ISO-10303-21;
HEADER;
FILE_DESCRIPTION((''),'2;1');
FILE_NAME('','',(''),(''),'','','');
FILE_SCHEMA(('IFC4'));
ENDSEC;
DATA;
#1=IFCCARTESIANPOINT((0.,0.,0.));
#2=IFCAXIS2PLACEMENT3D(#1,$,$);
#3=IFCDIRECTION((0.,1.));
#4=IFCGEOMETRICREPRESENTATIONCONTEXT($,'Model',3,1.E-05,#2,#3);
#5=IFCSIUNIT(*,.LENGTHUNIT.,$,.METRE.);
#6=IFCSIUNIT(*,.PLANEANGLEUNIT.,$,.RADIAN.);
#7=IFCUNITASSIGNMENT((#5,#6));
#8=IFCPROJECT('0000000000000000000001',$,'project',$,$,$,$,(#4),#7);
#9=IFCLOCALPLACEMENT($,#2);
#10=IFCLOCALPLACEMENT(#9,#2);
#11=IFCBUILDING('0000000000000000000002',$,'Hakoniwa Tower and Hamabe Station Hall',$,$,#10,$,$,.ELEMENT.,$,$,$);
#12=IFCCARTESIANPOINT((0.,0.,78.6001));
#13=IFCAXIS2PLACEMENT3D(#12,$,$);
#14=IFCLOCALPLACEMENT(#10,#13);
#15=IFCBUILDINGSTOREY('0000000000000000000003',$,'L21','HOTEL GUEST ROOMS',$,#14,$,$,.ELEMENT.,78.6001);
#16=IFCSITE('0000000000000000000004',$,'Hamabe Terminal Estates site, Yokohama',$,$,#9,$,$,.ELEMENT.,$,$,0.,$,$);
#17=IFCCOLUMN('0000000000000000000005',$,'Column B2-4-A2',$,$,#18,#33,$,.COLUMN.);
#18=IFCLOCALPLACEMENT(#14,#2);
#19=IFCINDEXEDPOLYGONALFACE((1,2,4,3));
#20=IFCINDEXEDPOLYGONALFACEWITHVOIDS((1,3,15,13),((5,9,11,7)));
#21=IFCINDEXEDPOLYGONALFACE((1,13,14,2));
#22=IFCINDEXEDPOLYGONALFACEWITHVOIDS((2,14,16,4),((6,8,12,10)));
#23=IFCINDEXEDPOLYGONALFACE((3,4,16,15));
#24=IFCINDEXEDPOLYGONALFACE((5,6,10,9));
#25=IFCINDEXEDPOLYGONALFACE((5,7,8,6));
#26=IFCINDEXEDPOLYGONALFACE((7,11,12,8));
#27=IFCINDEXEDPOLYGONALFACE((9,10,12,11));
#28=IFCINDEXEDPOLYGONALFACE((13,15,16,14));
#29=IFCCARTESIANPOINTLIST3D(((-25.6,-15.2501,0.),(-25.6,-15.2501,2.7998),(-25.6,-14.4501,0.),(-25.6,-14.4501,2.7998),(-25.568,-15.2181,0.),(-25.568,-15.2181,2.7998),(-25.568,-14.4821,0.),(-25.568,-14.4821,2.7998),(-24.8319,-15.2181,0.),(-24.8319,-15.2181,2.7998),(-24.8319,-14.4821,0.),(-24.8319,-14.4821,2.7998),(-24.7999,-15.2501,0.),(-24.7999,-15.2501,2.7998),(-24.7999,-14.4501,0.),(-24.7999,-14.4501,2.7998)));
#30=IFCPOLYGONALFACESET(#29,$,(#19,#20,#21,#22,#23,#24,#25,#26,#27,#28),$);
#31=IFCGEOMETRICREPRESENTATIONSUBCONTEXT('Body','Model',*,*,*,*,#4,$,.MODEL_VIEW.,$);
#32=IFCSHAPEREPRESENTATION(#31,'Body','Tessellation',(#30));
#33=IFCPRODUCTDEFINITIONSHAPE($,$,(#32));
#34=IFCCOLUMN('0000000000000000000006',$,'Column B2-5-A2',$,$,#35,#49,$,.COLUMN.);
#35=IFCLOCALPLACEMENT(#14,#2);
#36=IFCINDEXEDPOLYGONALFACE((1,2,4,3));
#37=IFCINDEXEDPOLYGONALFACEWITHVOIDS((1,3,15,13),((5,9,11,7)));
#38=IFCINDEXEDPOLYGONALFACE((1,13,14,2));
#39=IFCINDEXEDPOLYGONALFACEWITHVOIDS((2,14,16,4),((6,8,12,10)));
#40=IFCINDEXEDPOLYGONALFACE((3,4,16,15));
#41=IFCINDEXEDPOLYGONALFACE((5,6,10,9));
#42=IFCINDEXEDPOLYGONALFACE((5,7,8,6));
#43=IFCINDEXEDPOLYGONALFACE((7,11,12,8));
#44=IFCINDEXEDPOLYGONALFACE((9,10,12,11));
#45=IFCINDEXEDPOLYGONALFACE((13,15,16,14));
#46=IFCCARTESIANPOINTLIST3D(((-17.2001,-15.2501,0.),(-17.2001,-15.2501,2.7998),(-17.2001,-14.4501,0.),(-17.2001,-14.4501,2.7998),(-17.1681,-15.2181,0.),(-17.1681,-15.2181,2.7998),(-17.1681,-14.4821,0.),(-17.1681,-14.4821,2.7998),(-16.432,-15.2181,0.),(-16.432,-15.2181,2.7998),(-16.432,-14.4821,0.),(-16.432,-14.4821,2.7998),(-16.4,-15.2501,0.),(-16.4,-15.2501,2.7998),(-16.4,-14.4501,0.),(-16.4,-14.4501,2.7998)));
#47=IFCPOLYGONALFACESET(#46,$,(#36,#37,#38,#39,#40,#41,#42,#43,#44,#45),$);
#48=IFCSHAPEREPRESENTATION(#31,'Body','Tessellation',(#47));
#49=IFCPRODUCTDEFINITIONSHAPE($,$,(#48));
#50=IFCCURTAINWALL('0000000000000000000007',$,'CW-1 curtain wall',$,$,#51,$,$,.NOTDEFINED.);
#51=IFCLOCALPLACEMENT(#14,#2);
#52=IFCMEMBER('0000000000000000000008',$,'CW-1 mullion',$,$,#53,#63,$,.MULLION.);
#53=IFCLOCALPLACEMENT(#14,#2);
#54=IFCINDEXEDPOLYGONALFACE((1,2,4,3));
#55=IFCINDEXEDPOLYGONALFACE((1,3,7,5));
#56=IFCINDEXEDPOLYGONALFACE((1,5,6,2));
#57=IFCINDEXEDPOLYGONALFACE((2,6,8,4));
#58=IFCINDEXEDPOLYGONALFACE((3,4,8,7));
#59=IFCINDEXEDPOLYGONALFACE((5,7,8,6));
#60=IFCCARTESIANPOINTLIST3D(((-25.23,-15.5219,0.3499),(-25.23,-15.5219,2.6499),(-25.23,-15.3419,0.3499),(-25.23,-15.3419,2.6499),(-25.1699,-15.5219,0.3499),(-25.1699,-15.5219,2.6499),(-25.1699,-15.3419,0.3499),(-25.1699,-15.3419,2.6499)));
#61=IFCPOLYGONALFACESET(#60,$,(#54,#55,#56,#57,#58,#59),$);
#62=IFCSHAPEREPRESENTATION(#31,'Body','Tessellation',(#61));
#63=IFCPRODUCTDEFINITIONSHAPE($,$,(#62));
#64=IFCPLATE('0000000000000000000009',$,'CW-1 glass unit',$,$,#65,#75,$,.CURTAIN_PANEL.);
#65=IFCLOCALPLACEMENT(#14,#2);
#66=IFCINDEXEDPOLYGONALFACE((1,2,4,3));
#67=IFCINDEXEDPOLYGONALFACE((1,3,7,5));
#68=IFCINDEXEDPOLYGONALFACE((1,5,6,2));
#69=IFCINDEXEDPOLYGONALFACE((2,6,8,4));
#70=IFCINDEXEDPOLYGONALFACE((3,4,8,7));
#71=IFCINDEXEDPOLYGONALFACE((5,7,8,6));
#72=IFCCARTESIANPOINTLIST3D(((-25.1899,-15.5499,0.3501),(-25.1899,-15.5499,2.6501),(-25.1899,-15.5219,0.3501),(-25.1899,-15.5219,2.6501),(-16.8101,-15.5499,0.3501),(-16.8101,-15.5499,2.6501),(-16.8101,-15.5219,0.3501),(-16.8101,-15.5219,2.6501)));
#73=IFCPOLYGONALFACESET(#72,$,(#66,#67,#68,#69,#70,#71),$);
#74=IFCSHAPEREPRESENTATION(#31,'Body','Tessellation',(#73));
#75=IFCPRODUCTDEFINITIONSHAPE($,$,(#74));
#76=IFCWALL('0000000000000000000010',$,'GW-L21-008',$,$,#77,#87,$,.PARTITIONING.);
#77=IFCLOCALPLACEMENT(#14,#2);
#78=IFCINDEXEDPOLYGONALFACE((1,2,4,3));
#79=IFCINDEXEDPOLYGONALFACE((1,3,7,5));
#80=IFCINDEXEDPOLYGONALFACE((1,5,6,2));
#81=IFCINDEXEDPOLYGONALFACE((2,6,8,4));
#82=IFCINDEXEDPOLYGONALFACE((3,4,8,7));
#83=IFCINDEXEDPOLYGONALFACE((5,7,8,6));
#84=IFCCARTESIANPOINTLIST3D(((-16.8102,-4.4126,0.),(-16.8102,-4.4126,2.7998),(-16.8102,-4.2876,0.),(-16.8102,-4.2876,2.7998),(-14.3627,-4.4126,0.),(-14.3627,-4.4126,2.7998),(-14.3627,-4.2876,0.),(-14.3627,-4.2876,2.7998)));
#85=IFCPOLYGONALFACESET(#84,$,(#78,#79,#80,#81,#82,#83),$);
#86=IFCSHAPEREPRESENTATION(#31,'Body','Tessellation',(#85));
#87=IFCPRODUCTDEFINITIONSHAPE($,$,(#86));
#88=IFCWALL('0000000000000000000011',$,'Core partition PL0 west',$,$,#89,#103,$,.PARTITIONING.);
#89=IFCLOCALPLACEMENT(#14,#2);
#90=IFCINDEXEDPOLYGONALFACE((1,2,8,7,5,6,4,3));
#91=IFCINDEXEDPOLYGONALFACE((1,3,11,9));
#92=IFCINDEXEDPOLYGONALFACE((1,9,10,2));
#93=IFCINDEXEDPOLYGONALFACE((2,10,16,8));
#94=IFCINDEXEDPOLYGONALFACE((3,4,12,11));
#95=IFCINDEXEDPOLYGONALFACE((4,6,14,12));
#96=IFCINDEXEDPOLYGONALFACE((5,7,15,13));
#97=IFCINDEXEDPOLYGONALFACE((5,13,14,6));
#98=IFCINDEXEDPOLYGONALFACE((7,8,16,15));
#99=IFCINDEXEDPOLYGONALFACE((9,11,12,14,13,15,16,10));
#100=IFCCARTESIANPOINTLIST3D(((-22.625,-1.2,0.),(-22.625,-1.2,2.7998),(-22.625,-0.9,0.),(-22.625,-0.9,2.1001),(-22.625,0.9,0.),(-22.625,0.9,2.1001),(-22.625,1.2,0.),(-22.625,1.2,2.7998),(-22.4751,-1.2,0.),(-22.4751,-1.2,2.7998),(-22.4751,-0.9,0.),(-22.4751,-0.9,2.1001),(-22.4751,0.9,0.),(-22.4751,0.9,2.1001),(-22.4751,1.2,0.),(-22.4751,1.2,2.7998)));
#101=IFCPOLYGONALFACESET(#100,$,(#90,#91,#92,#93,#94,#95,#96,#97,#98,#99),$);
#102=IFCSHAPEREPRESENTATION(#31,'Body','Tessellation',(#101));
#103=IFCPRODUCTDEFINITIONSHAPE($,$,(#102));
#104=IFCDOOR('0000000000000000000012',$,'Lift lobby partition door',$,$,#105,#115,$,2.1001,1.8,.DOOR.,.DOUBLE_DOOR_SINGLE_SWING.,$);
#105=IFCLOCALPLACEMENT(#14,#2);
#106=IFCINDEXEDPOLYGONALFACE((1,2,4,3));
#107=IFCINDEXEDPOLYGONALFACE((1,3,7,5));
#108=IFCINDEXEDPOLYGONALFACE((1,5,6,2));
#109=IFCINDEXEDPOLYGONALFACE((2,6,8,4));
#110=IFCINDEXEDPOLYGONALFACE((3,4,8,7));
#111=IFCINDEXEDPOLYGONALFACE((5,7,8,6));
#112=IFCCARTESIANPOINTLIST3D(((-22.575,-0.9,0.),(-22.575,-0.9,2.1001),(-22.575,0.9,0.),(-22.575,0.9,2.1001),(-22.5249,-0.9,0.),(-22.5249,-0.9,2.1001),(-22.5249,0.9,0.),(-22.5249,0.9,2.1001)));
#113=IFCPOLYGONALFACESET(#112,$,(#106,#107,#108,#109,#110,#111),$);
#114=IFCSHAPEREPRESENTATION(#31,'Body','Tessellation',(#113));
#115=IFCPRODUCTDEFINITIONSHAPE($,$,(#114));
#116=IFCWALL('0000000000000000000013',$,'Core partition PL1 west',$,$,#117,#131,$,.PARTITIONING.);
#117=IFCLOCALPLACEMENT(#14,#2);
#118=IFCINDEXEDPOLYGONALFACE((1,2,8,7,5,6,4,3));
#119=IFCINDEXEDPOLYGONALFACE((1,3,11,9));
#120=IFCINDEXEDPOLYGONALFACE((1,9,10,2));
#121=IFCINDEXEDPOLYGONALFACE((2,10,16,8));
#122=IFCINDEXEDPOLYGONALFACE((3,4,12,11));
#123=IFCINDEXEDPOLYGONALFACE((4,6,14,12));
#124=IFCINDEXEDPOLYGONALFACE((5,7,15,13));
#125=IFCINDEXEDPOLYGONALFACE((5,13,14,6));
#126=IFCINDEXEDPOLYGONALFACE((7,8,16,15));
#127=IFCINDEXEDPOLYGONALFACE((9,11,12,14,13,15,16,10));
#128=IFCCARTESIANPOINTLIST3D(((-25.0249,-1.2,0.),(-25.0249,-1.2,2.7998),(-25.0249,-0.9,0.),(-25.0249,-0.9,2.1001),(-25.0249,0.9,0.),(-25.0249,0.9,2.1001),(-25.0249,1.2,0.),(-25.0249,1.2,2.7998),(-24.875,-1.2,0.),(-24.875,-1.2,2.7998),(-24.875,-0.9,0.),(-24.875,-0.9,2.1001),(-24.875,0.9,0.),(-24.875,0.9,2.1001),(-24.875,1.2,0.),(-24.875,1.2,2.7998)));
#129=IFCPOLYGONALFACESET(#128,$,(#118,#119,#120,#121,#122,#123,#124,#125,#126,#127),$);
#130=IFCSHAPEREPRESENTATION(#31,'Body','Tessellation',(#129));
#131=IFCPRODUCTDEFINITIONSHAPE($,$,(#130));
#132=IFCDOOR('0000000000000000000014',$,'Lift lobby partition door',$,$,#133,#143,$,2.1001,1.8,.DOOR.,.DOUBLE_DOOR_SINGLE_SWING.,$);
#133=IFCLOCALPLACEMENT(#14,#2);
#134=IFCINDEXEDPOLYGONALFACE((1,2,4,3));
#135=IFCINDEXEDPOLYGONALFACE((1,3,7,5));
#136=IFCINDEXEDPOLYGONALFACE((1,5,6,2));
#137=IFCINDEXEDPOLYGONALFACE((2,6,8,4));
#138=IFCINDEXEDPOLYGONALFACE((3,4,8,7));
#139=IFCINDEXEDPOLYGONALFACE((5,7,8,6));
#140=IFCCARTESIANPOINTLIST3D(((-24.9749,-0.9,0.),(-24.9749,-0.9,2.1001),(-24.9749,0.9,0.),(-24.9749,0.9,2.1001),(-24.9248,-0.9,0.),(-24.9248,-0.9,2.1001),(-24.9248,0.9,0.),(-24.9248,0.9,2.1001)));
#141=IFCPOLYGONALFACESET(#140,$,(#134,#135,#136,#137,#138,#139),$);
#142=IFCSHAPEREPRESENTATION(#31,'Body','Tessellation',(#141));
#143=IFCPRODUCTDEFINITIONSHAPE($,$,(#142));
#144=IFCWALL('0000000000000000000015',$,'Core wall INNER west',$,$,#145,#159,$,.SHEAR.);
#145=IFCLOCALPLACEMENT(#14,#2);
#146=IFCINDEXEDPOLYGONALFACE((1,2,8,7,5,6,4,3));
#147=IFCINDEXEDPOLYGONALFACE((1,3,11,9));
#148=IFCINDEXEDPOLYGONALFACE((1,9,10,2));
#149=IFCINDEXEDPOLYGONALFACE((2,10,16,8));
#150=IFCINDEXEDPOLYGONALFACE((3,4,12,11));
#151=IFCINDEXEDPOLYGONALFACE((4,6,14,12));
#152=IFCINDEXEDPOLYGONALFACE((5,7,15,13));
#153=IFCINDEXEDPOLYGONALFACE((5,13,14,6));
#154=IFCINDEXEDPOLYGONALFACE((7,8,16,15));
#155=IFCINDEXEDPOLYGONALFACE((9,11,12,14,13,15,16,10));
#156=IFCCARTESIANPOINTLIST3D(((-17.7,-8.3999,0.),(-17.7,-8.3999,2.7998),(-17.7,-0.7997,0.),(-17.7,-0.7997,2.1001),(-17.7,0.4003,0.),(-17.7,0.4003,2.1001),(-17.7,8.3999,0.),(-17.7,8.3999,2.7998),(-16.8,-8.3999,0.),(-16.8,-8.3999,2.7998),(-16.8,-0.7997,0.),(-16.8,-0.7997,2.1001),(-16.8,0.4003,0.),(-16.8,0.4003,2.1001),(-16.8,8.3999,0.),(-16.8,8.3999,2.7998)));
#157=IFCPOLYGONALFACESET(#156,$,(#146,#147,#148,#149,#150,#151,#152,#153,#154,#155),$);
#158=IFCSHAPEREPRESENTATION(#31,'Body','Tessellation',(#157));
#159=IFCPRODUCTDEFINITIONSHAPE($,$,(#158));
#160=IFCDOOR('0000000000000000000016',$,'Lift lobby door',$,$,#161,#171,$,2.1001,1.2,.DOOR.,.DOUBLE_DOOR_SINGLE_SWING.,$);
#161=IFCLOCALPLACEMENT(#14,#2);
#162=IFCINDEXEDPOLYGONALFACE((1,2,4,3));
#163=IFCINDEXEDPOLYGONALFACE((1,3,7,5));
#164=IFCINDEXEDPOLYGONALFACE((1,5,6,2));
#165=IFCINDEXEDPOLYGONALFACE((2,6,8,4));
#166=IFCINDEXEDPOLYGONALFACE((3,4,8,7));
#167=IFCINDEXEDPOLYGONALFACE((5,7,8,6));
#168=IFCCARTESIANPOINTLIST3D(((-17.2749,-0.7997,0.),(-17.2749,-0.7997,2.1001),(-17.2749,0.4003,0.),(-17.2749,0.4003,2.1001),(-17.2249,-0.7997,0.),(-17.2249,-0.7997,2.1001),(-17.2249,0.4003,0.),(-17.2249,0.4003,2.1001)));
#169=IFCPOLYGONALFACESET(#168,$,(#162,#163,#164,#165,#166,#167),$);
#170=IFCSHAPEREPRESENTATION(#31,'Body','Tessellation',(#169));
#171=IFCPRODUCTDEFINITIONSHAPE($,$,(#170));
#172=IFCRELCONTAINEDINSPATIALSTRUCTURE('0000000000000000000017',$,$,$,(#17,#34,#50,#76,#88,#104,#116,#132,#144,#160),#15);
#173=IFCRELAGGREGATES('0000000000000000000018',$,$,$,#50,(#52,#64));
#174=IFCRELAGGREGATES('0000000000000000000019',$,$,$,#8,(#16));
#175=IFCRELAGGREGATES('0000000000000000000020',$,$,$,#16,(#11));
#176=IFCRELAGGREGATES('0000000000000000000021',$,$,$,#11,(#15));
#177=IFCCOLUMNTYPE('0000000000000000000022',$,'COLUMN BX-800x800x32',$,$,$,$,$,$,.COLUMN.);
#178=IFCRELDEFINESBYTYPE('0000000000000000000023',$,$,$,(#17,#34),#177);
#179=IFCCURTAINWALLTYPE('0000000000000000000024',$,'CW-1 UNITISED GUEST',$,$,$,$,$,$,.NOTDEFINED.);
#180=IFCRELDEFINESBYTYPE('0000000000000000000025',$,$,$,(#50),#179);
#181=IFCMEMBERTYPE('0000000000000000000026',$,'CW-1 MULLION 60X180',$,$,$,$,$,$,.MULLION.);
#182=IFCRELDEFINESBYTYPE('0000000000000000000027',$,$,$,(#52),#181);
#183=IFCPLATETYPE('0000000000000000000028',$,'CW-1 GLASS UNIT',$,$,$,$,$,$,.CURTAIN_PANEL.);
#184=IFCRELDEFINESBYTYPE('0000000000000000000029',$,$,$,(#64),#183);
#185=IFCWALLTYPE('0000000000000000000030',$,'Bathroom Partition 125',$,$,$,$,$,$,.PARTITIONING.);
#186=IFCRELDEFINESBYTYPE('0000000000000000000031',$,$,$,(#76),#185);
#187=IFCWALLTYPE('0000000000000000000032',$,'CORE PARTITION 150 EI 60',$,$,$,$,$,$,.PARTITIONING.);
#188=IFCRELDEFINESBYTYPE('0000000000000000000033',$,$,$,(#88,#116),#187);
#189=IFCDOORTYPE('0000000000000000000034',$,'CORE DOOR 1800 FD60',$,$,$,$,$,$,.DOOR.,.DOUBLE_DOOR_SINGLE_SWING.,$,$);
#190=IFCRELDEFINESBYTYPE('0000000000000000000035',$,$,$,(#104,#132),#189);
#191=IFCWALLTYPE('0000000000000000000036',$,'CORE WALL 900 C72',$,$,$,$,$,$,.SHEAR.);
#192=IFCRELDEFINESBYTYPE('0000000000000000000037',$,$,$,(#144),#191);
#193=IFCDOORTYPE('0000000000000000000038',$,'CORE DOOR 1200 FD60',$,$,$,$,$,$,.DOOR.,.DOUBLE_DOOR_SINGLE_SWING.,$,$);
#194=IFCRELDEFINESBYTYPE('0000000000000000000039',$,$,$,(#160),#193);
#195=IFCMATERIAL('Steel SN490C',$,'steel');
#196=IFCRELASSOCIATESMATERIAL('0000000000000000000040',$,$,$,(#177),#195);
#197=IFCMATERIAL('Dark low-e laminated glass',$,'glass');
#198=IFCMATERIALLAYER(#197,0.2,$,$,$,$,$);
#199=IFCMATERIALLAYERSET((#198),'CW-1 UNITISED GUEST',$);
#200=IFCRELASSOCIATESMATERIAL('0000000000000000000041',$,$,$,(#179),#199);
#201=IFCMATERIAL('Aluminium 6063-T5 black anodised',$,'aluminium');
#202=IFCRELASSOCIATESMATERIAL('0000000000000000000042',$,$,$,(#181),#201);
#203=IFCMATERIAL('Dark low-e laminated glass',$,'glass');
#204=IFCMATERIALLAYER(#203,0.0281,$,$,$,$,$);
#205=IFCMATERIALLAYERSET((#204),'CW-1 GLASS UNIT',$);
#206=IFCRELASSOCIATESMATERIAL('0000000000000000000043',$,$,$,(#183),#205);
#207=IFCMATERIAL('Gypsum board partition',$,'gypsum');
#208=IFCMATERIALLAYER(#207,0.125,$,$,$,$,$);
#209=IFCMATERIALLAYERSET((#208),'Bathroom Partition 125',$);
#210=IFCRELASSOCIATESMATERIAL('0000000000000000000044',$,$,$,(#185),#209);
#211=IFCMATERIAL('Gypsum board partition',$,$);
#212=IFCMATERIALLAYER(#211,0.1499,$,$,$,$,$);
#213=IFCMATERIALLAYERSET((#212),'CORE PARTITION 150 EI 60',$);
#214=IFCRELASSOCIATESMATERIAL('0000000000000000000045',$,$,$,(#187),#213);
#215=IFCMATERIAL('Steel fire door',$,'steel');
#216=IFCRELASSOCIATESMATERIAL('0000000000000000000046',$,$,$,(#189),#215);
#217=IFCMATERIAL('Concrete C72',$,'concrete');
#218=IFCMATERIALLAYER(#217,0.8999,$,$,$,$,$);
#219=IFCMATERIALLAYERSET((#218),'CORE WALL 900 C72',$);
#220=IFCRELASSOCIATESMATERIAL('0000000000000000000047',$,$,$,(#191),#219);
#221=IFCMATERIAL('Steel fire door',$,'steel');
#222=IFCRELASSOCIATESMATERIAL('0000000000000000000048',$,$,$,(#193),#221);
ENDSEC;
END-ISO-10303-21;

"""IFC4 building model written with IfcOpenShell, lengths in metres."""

from ifc_helpers import new_model, si_unit, direction, frame, frame_2d, origin, origin_2d, place, context, subcontext, project, spatial, rectangle, hollow_rectangle, extrude, material, layer, layer_set, material_profile, profile_set, type_object, element, fill, aggregate, save


model = new_model("IFC4")

# Units and contexts
model_context = context("Model", 3, precision=1e-05, world=origin(), true_north=direction((0.0, 1.0)))
body_context = subcontext(model_context, "Body", "Model", "MODEL_VIEW")
ifc_project = project(units=[si_unit("LENGTHUNIT", "METRE"), si_unit("PLANEANGLEUNIT", "RADIAN")], contexts=[model_context])

# Site, building, storey
site_placement = place(None, origin())
site = spatial("IfcSite", under=ifc_project, at=site_placement, Name="Hamabe Terminal Estates site, Yokohama", CompositionType="ELEMENT", RefElevation=0.0)
building_placement = place(site_placement, origin())
building = spatial("IfcBuilding", under=site, at=building_placement, Name="Hakoniwa Tower and Hamabe Station Hall", CompositionType="ELEMENT")
storey_placement = place(building_placement, frame((0.0, 0.0, 78.6001)))
storey = spatial("IfcBuildingStorey", under=building, at=storey_placement, Name="L21", Description="HOTEL GUEST ROOMS", CompositionType="ELEMENT", Elevation=78.6001)

# Columns
ifc_material_1 = material(Name="Steel SN490C", Category="steel")
ifc_material_profile_1 = material_profile(ifc_material_1, hollow_rectangle(XDim=0.8, YDim=0.8, WallThickness=0.032, at=origin_2d()), Name="BX-800x800x32")
ifc_profile_set_1 = profile_set([ifc_material_profile_1], Name="Steel SN490C")
column_type = type_object("IfcColumnType", Name="COLUMN BX-800x800x32", PredefinedType="COLUMN", material=ifc_profile_set_1)
for number, where, z_axis, x_axis, name in (
    (1, (-25.2, -14.8501, 0.0), (0.0, 0.0, 1.0), (1.0, 0.0, 0.0), "Column B2-4-A2"),
    (2, (-16.8, -14.8501, 0.0), (0.0, 0.0, 1.0), (1.0, 0.0, 0.0), "Column B2-5-A2"),
):
    element("IfcColumn", number, at=place(storey_placement, frame(where, z_axis=z_axis, x_axis=x_axis)), inside=storey, type_object=column_type, Name=name, PredefinedType="COLUMN", context=body_context, shape_type="SweptSolid", body=[
        extrude(hollow_rectangle(XDim=0.8, YDim=0.8, WallThickness=0.032, at=origin_2d()), origin(), (0.0, 0.0, 1.0), 2.7998),
    ])

# Curtain wall, member, plate
ifc_material_2 = material(Name="Dark low-e laminated glass", Category="glass")
ifc_layer_1 = layer(ifc_material_2, 0.2)
ifc_layer_set_1 = layer_set([ifc_layer_1], Name="CW-1 UNITISED GUEST")
curtain_wall_type = type_object("IfcCurtainWallType", Name="CW-1 UNITISED GUEST", PredefinedType="NOTDEFINED", material=ifc_layer_set_1)
curtain_wall_placement = place(storey_placement, origin())
curtain_wall = element("IfcCurtainWall", 3, at=curtain_wall_placement, inside=storey, type_object=curtain_wall_type, Name="CW-1 curtain wall", PredefinedType="NOTDEFINED")
ifc_material_3 = material(Name="Aluminium 6063-T5 black anodised", Category="aluminium")
ifc_material_profile_2 = material_profile(ifc_material_3, rectangle(XDim=0.0601, YDim=0.1799, at=origin_2d()), Name="CW-1 MULLION 60X180")
ifc_profile_set_2 = profile_set([ifc_material_profile_2], Name="Aluminium 6063-T5 black anodised")
member_type = type_object("IfcMemberType", Name="CW-1 MULLION 60X180", PredefinedType="MULLION", material=ifc_profile_set_2)
member_placement = place(storey_placement, frame((-25.2, -15.4319, 0.3499), z_axis=(0.0, 0.0, 1.0), x_axis=(1.0, 0.0, 0.0)))
member = element("IfcMember", 4, at=member_placement, type_object=member_type, Name="CW-1 mullion", PredefinedType="MULLION", context=body_context, shape_type="SweptSolid", body=[
    extrude(rectangle(XDim=0.0601, YDim=0.1799, at=origin_2d()), origin(), (0.0, 0.0, 1.0), 2.3),
])
ifc_material_4 = material(Name="Dark low-e laminated glass", Category="glass")
ifc_layer_2 = layer(ifc_material_4, 0.0281)
ifc_layer_set_2 = layer_set([ifc_layer_2], Name="CW-1 GLASS UNIT")
plate_type = type_object("IfcPlateType", Name="CW-1 GLASS UNIT", PredefinedType="CURTAIN_PANEL", material=ifc_layer_set_2)
plate_placement = place(storey_placement, frame((-21.0, -15.5359, 0.3501), z_axis=(0.0, 0.0, 1.0), x_axis=(1.0, 0.0, 0.0)))
plate = element("IfcPlate", 5, at=plate_placement, type_object=plate_type, Name="CW-1 glass unit", PredefinedType="CURTAIN_PANEL", context=body_context, shape_type="SweptSolid", body=[
    extrude(rectangle(XDim=8.3799, YDim=0.0281, at=origin_2d()), origin(), (0.0, 0.0, 1.0), 2.3),
])
aggregate(curtain_wall, [member, plate])

# Wall
ifc_material_5 = material(Name="Gypsum board partition", Category="gypsum")
ifc_layer_3 = layer(ifc_material_5, 0.125)
ifc_layer_set_3 = layer_set([ifc_layer_3], Name="Bathroom Partition 125")
wall_type_1 = type_object("IfcWallType", Name="Bathroom Partition 125", PredefinedType="PARTITIONING", material=ifc_layer_set_3)
wall_1_placement = place(storey_placement, frame((-16.8101, -4.3501, 0.0), z_axis=(0.0, 0.0, 1.0), x_axis=(1.0, 0.0, 0.0)))
element("IfcWall", 6, at=wall_1_placement, inside=storey, type_object=wall_type_1, Name="GW-L21-008", PredefinedType="PARTITIONING", context=body_context, shape_type="SweptSolid", body=[
    extrude(rectangle(XDim=2.4475, YDim=0.125, at=frame_2d((1.2236, 0.0))), origin(), (0.0, 0.0, 1.0), 2.7998),
])

# Walls, openings, doors
ifc_material_6 = material(Name="Gypsum board partition")
ifc_layer_4 = layer(ifc_material_6, 0.1499)
ifc_layer_set_4 = layer_set([ifc_layer_4], Name="CORE PARTITION 150 EI 60")
wall_type_2 = type_object("IfcWallType", Name="CORE PARTITION 150 EI 60", PredefinedType="PARTITIONING", material=ifc_layer_set_4)
wall_2_placement = place(storey_placement, frame((-22.55, -1.2, 0.0), z_axis=(0.0, 0.0, 1.0), x_axis=(0.0, 1.0, 0.0)))
wall_2 = element("IfcWall", 7, at=wall_2_placement, inside=storey, type_object=wall_type_2, Name="Core partition PL0 west", PredefinedType="PARTITIONING", context=body_context, shape_type="SweptSolid", body=[
    extrude(rectangle(XDim=2.3999, YDim=0.1499, at=frame_2d((1.2, 0.0))), origin(), (0.0, 0.0, 1.0), 2.7998),
])
opening_1_placement = place(wall_2_placement, frame((0.3, 0.0, 0.0)))
opening_1 = element("IfcOpeningElement", 8, at=opening_1_placement, cuts=wall_2, PredefinedType="OPENING", context=body_context, shape_type="SweptSolid", body=[
    extrude(rectangle(XDim=1.8, YDim=2.1001, at=frame_2d((0.8999, 1.05))), frame((0.0, 0.085, 0.0), z_axis=(0.0, -1.0, 0.0), x_axis=(1.0, 0.0, 0.0)), (0.0, 0.0, 1.0), 0.1699),
])
ifc_material_7 = material(Name="Steel fire door", Category="steel")
door_type_1 = type_object("IfcDoorType", Name="CORE DOOR 1800 FD60", OperationType="DOUBLE_DOOR_SINGLE_SWING", PredefinedType="DOOR", material=ifc_material_7)
door_1_placement = place(opening_1_placement, origin())
door_1 = element("IfcDoor", 9, at=door_1_placement, inside=storey, type_object=door_type_1, Name="Lift lobby partition door", OperationType="DOUBLE_DOOR_SINGLE_SWING", OverallHeight=2.1001, OverallWidth=1.8, PredefinedType="DOOR", context=body_context, shape_type="SweptSolid", body=[
    extrude(rectangle(XDim=1.8, YDim=2.1001, at=frame_2d((0.8999, 1.05))), frame((0.0, 0.0249, 0.0), z_axis=(0.0, -1.0, 0.0), x_axis=(1.0, 0.0, 0.0)), (0.0, 0.0, 1.0), 0.05),
])
fill(opening_1, door_1)
wall_3_placement = place(storey_placement, frame((-24.95, -1.2, 0.0), z_axis=(0.0, 0.0, 1.0), x_axis=(0.0, 1.0, 0.0)))
wall_3 = element("IfcWall", 10, at=wall_3_placement, inside=storey, type_object=wall_type_2, Name="Core partition PL1 west", PredefinedType="PARTITIONING", context=body_context, shape_type="SweptSolid", body=[
    extrude(rectangle(XDim=2.3999, YDim=0.1499, at=frame_2d((1.2, 0.0))), origin(), (0.0, 0.0, 1.0), 2.7998),
])
opening_2_placement = place(wall_3_placement, frame((0.3, 0.0, 0.0)))
opening_2 = element("IfcOpeningElement", 11, at=opening_2_placement, cuts=wall_3, PredefinedType="OPENING", context=body_context, shape_type="SweptSolid", body=[
    extrude(rectangle(XDim=1.8, YDim=2.1001, at=frame_2d((0.8999, 1.05))), frame((0.0, 0.085, 0.0), z_axis=(0.0, -1.0, 0.0), x_axis=(1.0, 0.0, 0.0)), (0.0, 0.0, 1.0), 0.1699),
])
door_2_placement = place(opening_2_placement, origin())
door_2 = element("IfcDoor", 12, at=door_2_placement, inside=storey, type_object=door_type_1, Name="Lift lobby partition door", OperationType="DOUBLE_DOOR_SINGLE_SWING", OverallHeight=2.1001, OverallWidth=1.8, PredefinedType="DOOR", context=body_context, shape_type="SweptSolid", body=[
    extrude(rectangle(XDim=1.8, YDim=2.1001, at=frame_2d((0.8999, 1.05))), frame((0.0, 0.0249, 0.0), z_axis=(0.0, -1.0, 0.0), x_axis=(1.0, 0.0, 0.0)), (0.0, 0.0, 1.0), 0.05),
])
fill(opening_2, door_2)
ifc_material_8 = material(Name="Concrete C72", Category="concrete")
ifc_layer_5 = layer(ifc_material_8, 0.8999)
ifc_layer_set_5 = layer_set([ifc_layer_5], Name="CORE WALL 900 C72")
wall_type_3 = type_object("IfcWallType", Name="CORE WALL 900 C72", PredefinedType="SHEAR", material=ifc_layer_set_5)
wall_4_placement = place(storey_placement, frame((-17.25, -8.3999, 0.0), z_axis=(0.0, 0.0, 1.0), x_axis=(0.0, 1.0, 0.0)))
wall_4 = element("IfcWall", 13, at=wall_4_placement, inside=storey, type_object=wall_type_3, Name="Core wall INNER west", PredefinedType="SHEAR", context=body_context, shape_type="SweptSolid", body=[
    extrude(rectangle(XDim=16.7998, YDim=0.8999, at=frame_2d((8.3999, 0.0))), origin(), (0.0, 0.0, 1.0), 2.7998),
])
opening_3_placement = place(wall_4_placement, frame((7.6001, 0.0, 0.0)))
opening_3 = element("IfcOpeningElement", 14, at=opening_3_placement, cuts=wall_4, PredefinedType="OPENING", context=body_context, shape_type="SweptSolid", body=[
    extrude(rectangle(XDim=1.2, YDim=2.1001, at=frame_2d((0.6001, 1.05))), frame((0.0, 0.46, 0.0), z_axis=(0.0, -1.0, 0.0), x_axis=(1.0, 0.0, 0.0)), (0.0, 0.0, 1.0), 0.9199),
])
ifc_material_9 = material(Name="Steel fire door", Category="steel")
door_type_2 = type_object("IfcDoorType", Name="CORE DOOR 1200 FD60", OperationType="DOUBLE_DOOR_SINGLE_SWING", PredefinedType="DOOR", material=ifc_material_9)
door_3_placement = place(opening_3_placement, origin())
door_3 = element("IfcDoor", 15, at=door_3_placement, inside=storey, type_object=door_type_2, Name="Lift lobby door", OperationType="DOUBLE_DOOR_SINGLE_SWING", OverallHeight=2.1001, OverallWidth=1.2, PredefinedType="DOOR", context=body_context, shape_type="SweptSolid", body=[
    extrude(rectangle(XDim=1.2, YDim=2.1001, at=frame_2d((0.6001, 1.05))), frame((0.0, 0.0249, 0.0), z_axis=(0.0, -1.0, 0.0), x_axis=(1.0, 0.0, 0.0)), (0.0, 0.0, 1.0), 0.05),
])
fill(opening_3, door_3)

save(model, "model.ifc")
